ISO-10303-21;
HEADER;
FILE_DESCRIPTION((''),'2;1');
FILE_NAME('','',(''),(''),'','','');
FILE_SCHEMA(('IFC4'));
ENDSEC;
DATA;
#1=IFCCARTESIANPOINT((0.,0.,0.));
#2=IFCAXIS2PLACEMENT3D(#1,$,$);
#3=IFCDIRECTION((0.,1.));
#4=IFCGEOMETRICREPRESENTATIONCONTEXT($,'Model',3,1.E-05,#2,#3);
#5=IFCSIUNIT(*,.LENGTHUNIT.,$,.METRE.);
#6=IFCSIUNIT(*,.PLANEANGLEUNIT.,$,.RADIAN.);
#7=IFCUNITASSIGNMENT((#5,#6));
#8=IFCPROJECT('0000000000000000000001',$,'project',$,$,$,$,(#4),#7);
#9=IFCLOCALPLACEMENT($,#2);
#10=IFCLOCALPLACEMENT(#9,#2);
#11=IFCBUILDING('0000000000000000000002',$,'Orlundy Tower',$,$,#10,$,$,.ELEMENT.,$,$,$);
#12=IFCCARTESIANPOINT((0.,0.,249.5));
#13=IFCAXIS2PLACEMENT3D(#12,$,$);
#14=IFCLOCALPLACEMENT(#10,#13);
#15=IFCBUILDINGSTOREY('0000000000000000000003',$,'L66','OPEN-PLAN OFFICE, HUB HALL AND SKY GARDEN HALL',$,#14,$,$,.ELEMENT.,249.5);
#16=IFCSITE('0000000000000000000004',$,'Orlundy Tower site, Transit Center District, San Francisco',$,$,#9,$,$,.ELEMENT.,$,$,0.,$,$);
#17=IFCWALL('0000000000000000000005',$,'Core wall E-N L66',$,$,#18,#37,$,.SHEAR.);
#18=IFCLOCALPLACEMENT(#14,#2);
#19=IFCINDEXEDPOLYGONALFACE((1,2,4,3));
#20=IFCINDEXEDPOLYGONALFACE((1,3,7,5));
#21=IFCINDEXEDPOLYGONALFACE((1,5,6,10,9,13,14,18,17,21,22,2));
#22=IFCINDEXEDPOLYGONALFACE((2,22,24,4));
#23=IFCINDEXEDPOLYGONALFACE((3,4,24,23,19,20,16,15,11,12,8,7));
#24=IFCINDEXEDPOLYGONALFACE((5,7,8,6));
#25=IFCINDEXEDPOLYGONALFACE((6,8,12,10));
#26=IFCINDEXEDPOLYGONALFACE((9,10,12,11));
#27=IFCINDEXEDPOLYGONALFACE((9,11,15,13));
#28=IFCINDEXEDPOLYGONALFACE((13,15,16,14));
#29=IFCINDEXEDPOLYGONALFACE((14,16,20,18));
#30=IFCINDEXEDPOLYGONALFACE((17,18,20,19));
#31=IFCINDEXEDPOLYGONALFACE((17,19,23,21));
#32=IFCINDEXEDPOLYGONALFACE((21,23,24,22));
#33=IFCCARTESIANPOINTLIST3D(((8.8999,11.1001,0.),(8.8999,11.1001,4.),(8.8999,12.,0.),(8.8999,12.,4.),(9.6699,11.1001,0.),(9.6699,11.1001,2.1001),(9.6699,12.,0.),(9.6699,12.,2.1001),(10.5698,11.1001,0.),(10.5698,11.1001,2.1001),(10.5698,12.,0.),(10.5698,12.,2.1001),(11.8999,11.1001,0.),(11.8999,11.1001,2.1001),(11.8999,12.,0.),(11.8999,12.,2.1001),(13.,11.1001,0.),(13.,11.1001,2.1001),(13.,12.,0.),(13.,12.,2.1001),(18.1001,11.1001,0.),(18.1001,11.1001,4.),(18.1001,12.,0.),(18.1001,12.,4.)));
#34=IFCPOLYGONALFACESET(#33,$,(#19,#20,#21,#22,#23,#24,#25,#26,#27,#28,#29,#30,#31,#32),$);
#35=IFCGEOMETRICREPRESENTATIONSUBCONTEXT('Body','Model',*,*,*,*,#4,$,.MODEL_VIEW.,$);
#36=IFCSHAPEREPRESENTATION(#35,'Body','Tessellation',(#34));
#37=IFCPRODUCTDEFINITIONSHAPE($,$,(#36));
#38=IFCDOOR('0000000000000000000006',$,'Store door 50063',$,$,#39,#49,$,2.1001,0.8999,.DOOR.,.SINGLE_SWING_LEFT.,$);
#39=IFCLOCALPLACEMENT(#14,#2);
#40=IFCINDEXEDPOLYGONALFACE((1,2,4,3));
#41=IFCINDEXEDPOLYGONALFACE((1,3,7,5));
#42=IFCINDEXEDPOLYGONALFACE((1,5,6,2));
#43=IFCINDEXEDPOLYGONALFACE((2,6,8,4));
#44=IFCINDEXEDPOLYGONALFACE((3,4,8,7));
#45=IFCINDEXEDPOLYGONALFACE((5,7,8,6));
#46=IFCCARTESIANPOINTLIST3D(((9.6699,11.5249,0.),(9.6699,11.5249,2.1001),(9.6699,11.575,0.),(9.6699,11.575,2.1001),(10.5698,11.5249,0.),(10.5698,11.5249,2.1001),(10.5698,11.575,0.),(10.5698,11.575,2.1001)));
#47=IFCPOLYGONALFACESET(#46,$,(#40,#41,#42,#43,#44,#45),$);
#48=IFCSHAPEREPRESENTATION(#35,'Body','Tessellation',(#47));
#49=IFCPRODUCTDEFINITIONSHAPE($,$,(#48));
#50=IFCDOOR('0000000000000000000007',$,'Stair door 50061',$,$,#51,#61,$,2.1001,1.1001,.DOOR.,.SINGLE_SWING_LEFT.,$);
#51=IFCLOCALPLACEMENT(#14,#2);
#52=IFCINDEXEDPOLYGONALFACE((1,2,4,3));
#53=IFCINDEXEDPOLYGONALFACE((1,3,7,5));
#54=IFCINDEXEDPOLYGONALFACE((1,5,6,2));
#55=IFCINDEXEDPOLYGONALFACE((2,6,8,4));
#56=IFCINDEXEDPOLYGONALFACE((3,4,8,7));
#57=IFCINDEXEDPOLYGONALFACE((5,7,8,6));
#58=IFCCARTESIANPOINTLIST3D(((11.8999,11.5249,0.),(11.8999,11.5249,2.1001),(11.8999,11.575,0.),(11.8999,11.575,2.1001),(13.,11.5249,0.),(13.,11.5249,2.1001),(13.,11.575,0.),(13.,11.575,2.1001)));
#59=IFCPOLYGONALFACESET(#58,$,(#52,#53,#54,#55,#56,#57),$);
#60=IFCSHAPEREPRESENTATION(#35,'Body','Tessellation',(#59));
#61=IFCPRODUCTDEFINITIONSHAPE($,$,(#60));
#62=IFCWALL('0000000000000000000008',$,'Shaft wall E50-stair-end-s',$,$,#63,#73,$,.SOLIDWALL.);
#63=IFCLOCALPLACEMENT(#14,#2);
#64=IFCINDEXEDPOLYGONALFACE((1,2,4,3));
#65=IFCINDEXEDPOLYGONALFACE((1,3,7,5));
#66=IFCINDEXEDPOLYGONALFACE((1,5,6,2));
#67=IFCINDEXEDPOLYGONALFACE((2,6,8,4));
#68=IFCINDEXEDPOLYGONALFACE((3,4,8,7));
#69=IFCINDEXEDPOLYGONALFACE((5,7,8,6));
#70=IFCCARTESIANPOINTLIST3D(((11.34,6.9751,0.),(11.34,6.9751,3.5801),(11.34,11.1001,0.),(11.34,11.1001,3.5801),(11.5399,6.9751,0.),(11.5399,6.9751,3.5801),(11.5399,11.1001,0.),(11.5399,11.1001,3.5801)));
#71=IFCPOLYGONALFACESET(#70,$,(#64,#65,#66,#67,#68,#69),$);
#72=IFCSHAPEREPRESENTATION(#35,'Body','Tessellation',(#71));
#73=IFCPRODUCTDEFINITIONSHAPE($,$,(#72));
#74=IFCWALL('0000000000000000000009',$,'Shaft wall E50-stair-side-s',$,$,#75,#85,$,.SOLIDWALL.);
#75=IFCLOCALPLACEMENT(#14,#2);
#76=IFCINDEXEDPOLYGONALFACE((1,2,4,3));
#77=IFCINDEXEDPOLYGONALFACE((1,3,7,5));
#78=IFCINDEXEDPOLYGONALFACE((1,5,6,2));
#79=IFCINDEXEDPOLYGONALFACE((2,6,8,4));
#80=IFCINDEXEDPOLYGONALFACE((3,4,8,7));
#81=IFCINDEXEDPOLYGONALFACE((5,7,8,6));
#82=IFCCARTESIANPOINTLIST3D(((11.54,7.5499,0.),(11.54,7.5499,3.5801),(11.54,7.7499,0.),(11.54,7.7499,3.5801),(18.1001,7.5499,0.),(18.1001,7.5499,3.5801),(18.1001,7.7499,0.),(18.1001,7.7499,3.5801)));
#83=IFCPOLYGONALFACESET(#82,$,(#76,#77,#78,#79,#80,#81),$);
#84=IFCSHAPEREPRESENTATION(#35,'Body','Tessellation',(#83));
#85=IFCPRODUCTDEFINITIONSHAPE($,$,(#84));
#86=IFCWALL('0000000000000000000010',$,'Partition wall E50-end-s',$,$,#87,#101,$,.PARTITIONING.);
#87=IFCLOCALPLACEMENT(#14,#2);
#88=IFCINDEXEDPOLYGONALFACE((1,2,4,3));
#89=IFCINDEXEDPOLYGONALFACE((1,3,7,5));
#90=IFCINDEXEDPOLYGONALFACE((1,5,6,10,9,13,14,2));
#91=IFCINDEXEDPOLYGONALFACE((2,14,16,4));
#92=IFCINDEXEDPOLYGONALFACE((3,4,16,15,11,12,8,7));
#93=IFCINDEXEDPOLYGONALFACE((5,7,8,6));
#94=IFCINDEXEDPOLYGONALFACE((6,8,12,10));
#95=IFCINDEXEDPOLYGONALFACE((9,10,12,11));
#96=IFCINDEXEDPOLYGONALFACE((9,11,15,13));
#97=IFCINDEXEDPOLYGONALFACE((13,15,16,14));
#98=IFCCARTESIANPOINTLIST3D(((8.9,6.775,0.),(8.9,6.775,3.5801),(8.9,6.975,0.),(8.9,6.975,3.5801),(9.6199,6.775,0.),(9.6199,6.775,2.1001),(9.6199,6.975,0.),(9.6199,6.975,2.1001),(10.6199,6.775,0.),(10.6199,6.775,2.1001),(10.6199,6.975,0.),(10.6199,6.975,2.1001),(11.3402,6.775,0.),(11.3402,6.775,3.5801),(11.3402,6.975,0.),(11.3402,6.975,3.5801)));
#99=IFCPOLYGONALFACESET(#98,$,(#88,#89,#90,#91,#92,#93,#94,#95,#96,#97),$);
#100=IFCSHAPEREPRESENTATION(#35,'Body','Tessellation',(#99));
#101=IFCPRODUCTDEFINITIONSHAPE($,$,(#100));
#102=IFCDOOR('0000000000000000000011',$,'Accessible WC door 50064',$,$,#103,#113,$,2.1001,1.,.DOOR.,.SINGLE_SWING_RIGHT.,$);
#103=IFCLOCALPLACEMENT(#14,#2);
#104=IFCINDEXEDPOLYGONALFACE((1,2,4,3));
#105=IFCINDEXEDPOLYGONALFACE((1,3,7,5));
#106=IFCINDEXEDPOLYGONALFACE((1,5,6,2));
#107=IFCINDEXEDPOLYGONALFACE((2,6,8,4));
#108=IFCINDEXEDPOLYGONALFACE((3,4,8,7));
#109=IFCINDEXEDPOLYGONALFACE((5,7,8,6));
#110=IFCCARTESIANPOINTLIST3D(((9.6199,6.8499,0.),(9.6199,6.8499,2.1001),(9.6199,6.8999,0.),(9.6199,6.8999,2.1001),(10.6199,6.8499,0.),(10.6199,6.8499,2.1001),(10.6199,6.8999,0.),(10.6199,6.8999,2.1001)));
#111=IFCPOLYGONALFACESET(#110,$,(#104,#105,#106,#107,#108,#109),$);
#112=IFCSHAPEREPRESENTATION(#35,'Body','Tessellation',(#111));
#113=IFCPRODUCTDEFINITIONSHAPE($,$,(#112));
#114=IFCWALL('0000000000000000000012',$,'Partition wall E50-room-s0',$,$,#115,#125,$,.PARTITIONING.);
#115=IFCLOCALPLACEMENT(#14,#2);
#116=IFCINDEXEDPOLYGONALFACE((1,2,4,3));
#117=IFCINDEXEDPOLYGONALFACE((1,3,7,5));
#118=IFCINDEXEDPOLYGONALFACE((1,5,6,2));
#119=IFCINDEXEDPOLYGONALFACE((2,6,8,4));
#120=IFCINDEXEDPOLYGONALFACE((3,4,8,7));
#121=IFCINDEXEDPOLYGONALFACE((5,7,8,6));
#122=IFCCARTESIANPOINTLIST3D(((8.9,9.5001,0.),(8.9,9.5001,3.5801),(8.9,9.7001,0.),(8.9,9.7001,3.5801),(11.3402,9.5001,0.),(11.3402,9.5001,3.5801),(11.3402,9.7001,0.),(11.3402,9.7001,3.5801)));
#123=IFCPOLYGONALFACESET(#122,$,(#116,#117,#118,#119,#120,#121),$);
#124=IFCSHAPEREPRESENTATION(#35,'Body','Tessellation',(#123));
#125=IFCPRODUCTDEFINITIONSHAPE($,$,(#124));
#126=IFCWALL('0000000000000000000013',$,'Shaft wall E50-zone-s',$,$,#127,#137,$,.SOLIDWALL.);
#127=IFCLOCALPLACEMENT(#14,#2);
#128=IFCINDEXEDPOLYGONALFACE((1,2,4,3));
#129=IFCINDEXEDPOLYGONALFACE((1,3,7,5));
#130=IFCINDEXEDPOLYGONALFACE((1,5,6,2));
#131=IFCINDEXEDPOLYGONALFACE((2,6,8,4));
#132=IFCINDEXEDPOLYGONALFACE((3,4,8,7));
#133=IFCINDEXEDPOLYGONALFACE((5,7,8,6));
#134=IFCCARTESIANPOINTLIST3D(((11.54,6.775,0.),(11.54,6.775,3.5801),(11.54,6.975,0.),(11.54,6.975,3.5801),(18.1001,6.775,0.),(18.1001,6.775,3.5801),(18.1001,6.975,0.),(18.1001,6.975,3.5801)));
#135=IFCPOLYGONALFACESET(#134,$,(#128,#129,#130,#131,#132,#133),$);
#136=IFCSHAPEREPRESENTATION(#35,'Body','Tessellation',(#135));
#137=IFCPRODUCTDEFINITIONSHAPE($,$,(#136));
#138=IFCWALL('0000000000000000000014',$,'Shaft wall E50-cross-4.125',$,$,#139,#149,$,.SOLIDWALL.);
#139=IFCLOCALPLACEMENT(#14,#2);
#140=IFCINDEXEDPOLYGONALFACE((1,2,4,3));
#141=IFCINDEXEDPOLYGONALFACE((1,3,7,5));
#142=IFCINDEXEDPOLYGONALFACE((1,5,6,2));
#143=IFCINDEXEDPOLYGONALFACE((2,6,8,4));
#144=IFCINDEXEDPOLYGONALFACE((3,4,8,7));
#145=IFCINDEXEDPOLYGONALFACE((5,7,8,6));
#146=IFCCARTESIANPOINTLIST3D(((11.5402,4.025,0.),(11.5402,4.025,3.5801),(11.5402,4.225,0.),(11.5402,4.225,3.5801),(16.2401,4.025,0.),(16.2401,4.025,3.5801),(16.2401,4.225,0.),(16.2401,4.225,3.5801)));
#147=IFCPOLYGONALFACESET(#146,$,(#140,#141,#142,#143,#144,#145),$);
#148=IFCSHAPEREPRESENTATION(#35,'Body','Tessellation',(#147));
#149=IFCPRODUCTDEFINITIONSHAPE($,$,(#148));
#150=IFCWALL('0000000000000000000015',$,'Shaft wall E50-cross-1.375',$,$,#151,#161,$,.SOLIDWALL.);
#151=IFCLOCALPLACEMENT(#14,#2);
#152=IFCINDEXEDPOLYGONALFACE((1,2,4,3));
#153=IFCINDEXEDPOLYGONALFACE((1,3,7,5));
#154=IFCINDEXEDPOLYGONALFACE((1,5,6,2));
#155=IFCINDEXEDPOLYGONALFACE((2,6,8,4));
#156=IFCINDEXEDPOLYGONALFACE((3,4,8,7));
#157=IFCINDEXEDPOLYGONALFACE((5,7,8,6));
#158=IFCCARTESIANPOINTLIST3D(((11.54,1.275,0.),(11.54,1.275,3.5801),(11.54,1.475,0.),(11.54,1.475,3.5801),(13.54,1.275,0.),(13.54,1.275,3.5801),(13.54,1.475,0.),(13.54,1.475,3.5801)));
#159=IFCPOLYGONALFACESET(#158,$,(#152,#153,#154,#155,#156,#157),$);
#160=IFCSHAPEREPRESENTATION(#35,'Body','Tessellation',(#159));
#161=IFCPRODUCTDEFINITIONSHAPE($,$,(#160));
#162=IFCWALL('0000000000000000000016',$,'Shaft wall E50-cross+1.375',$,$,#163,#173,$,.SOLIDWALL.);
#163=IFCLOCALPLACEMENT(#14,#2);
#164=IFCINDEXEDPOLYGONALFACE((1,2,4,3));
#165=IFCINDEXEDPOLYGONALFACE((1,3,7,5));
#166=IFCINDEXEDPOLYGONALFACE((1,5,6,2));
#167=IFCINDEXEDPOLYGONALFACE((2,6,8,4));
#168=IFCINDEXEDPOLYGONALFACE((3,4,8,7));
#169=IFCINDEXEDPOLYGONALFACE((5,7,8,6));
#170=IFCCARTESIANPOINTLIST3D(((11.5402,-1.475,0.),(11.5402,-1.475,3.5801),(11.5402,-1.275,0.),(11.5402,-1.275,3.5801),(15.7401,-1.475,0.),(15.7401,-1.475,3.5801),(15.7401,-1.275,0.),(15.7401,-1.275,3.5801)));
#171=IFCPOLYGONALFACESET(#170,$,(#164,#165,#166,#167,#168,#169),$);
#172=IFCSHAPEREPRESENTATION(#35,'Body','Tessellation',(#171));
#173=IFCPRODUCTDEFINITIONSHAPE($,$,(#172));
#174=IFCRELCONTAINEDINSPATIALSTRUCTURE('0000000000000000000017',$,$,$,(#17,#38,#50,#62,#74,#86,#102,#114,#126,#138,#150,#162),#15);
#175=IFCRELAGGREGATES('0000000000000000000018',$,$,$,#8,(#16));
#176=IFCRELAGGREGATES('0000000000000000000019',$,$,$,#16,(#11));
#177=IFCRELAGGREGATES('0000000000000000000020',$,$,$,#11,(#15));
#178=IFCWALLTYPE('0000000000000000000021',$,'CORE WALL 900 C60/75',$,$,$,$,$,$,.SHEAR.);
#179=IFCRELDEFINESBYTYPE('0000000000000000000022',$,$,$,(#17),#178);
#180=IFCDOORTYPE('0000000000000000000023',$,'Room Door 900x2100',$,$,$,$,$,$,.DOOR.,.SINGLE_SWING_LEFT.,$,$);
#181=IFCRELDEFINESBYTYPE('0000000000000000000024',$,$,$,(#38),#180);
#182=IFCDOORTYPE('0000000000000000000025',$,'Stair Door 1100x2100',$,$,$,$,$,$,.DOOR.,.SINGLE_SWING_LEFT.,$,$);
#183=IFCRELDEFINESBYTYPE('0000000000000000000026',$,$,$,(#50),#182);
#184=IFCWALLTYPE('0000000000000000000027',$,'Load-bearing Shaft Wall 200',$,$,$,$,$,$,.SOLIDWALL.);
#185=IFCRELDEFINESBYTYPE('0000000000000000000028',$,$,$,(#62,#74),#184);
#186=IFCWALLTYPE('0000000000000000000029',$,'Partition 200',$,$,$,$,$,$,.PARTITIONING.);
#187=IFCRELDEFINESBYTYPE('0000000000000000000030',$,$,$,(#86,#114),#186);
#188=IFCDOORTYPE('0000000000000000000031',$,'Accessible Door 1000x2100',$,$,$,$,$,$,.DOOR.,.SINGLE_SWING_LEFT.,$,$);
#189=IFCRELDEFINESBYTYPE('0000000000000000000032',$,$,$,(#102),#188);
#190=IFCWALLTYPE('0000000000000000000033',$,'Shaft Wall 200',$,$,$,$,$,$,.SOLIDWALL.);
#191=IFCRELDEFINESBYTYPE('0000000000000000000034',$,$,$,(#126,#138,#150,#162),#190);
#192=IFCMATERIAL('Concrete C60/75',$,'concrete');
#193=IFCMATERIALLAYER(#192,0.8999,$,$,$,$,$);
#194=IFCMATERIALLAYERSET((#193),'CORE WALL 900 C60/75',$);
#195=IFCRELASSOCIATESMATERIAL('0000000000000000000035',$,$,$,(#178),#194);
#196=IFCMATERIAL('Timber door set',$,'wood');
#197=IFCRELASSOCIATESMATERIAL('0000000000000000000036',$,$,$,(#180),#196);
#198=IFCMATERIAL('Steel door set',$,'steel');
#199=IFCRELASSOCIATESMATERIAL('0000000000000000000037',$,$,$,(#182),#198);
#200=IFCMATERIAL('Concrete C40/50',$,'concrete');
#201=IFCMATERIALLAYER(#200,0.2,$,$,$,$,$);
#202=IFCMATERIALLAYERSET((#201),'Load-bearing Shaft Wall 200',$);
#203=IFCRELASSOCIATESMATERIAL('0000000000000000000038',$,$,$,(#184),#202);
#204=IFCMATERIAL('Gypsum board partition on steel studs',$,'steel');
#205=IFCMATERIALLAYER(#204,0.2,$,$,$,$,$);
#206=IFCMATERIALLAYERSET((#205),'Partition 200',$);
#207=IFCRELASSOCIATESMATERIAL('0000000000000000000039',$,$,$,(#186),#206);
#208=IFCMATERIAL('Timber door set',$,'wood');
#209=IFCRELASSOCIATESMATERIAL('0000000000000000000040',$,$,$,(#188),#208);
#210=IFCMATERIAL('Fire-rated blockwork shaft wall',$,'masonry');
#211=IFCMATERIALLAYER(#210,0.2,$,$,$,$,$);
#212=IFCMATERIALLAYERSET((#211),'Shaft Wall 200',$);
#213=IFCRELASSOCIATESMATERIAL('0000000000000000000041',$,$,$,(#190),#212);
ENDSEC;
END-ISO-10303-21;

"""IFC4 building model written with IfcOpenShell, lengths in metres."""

from ifc_helpers import new_model, si_unit, direction, frame, frame_2d, origin, place, context, subcontext, project, spatial, rectangle, extrude, material, layer, layer_set, type_object, element, fill, save


model = new_model("IFC4")

# Units and contexts
model_context = context("Model", 3, precision=1e-05, world=origin(), true_north=direction((0.0, 1.0)))
body_context = subcontext(model_context, "Body", "Model", "MODEL_VIEW")
ifc_project = project(units=[si_unit("LENGTHUNIT", "METRE"), si_unit("PLANEANGLEUNIT", "RADIAN")], contexts=[model_context])

# Site, building, storey
site_placement = place(None, origin())
site = spatial("IfcSite", under=ifc_project, at=site_placement, Name="Orlundy Tower site, Transit Center District, San Francisco", CompositionType="ELEMENT", RefElevation=0.0)
building_placement = place(site_placement, origin())
building = spatial("IfcBuilding", under=site, at=building_placement, Name="Orlundy Tower", CompositionType="ELEMENT")
storey_placement = place(building_placement, frame((0.0, 0.0, 249.5)))
storey = spatial("IfcBuildingStorey", under=building, at=storey_placement, Name="L66", Description="OPEN-PLAN OFFICE, HUB HALL AND SKY GARDEN HALL", CompositionType="ELEMENT", Elevation=249.5)

# Wall, openings, doors
ifc_material_1 = material(Name="Concrete C60/75", Category="concrete")
ifc_layer_1 = layer(ifc_material_1, 0.8999)
ifc_layer_set_1 = layer_set([ifc_layer_1], Name="CORE WALL 900 C60/75")
wall_type_1 = type_object("IfcWallType", Name="CORE WALL 900 C60/75", PredefinedType="SHEAR", material=ifc_layer_set_1)
wall_1_placement = place(storey_placement, frame((8.8999, 11.55, 0.0), z_axis=(0.0, 0.0, 1.0), x_axis=(1.0, 0.0, 0.0)))
wall_1 = element("IfcWall", 1, at=wall_1_placement, inside=storey, type_object=wall_type_1, Name="Core wall E-N L66", PredefinedType="SHEAR", context=body_context, shape_type="SweptSolid", body=[
    extrude(rectangle(XDim=9.2002, YDim=0.8999, at=frame_2d((4.6001, 0.0))), origin(), (0.0, 0.0, 1.0), 4.0),
])
opening_1_placement = place(wall_1_placement, frame((3.0, 0.0, 0.0)))
opening_1 = element("IfcOpeningElement", 2, at=opening_1_placement, cuts=wall_1, PredefinedType="OPENING", context=body_context, shape_type="SweptSolid", body=[
    extrude(rectangle(XDim=1.1001, YDim=2.1001, at=frame_2d((0.55, 1.05))), frame((0.0, 0.46, 0.0), z_axis=(0.0, -1.0, 0.0), x_axis=(1.0, 0.0, 0.0)), (0.0, 0.0, 1.0), 0.9199),
])
opening_2_placement = place(wall_1_placement, frame((0.77, 0.0, 0.0)))
opening_2 = element("IfcOpeningElement", 3, at=opening_2_placement, cuts=wall_1, PredefinedType="OPENING", context=body_context, shape_type="SweptSolid", body=[
    extrude(rectangle(XDim=0.8999, YDim=2.1001, at=frame_2d((0.45, 1.05))), frame((0.0, 0.46, 0.0), z_axis=(0.0, -1.0, 0.0), x_axis=(1.0, 0.0, 0.0)), (0.0, 0.0, 1.0), 0.9199),
])
ifc_material_2 = material(Name="Timber door set", Category="wood")
door_type_1 = type_object("IfcDoorType", Name="Room Door 900x2100", OperationType="SINGLE_SWING_LEFT", PredefinedType="DOOR", material=ifc_material_2)
door_1_placement = place(opening_2_placement, origin())
door_1 = element("IfcDoor", 4, at=door_1_placement, inside=storey, type_object=door_type_1, Name="Store door 50063", OperationType="SINGLE_SWING_LEFT", OverallHeight=2.1001, OverallWidth=0.8999, PredefinedType="DOOR", context=body_context, shape_type="SweptSolid", body=[
    extrude(rectangle(XDim=0.8999, YDim=2.1001, at=frame_2d((0.45, 1.05))), frame((0.0, 0.0249, 0.0), z_axis=(0.0, -1.0, 0.0), x_axis=(1.0, 0.0, 0.0)), (0.0, 0.0, 1.0), 0.05),
])
fill(opening_2, door_1)
ifc_material_3 = material(Name="Steel door set", Category="steel")
door_type_2 = type_object("IfcDoorType", Name="Stair Door 1100x2100", OperationType="SINGLE_SWING_LEFT", PredefinedType="DOOR", material=ifc_material_3)
door_2_placement = place(opening_1_placement, origin())
door_2 = element("IfcDoor", 5, at=door_2_placement, inside=storey, type_object=door_type_2, Name="Stair door 50061", OperationType="SINGLE_SWING_LEFT", OverallHeight=2.1001, OverallWidth=1.1001, PredefinedType="DOOR", context=body_context, shape_type="SweptSolid", body=[
    extrude(rectangle(XDim=1.1001, YDim=2.1001, at=frame_2d((0.55, 1.05))), frame((0.0, 0.0249, 0.0), z_axis=(0.0, -1.0, 0.0), x_axis=(1.0, 0.0, 0.0)), (0.0, 0.0, 1.0), 0.05),
])
fill(opening_1, door_2)

# Walls
ifc_material_4 = material(Name="Concrete C40/50", Category="concrete")
ifc_layer_2 = layer(ifc_material_4, 0.2)
ifc_layer_set_2 = layer_set([ifc_layer_2], Name="Load-bearing Shaft Wall 200")
wall_type_2 = type_object("IfcWallType", Name="Load-bearing Shaft Wall 200", PredefinedType="SOLIDWALL", material=ifc_layer_set_2)
wall_2_placement = place(storey_placement, frame((11.4399, 11.1001, 0.0), z_axis=(0.0, 0.0, 1.0), x_axis=(0.0, -1.0, 0.0)))
element("IfcWall", 6, at=wall_2_placement, inside=storey, type_object=wall_type_2, Name="Shaft wall E50-stair-end-s", PredefinedType="SOLIDWALL", context=body_context, shape_type="SweptSolid", body=[
    extrude(rectangle(XDim=4.125, YDim=0.2, at=frame_2d((2.0625, 0.0))), origin(), (0.0, 0.0, 1.0), 3.5801),
])
wall_3_placement = place(storey_placement, frame((11.54, 7.6499, 0.0), z_axis=(0.0, 0.0, 1.0), x_axis=(1.0, 0.0, 0.0)))
element("IfcWall", 7, at=wall_3_placement, inside=storey, type_object=wall_type_2, Name="Shaft wall E50-stair-side-s", PredefinedType="SOLIDWALL", context=body_context, shape_type="SweptSolid", body=[
    extrude(rectangle(XDim=6.5601, YDim=0.2, at=frame_2d((3.28, 0.0))), origin(), (0.0, 0.0, 1.0), 3.5801),
])

# Wall, opening, door
ifc_material_5 = material(Name="Gypsum board partition on steel studs", Category="steel")
ifc_layer_3 = layer(ifc_material_5, 0.2)
ifc_layer_set_3 = layer_set([ifc_layer_3], Name="Partition 200")
wall_type_3 = type_object("IfcWallType", Name="Partition 200", PredefinedType="PARTITIONING", material=ifc_layer_set_3)
wall_4_placement = place(storey_placement, frame((8.8999, 6.875, 0.0), z_axis=(0.0, 0.0, 1.0), x_axis=(1.0, 0.0, 0.0)))
wall_4 = element("IfcWall", 8, at=wall_4_placement, inside=storey, type_object=wall_type_3, Name="Partition wall E50-end-s", PredefinedType="PARTITIONING", context=body_context, shape_type="SweptSolid", body=[
    extrude(rectangle(XDim=2.4402, YDim=0.2, at=frame_2d((1.2202, 0.0))), origin(), (0.0, 0.0, 1.0), 3.5801),
])
opening_3_placement = place(wall_4_placement, frame((0.72, 0.0, 0.0)))
opening_3 = element("IfcOpeningElement", 9, at=opening_3_placement, cuts=wall_4, PredefinedType="OPENING", context=body_context, shape_type="SweptSolid", body=[
    extrude(rectangle(XDim=1.0, YDim=2.1001, at=frame_2d((0.5, 1.05))), frame((0.0, 0.1101, 0.0), z_axis=(0.0, -1.0, 0.0), x_axis=(1.0, 0.0, 0.0)), (0.0, 0.0, 1.0), 0.2202),
])
ifc_material_6 = material(Name="Timber door set", Category="wood")
door_type_3 = type_object("IfcDoorType", Name="Accessible Door 1000x2100", OperationType="SINGLE_SWING_LEFT", PredefinedType="DOOR", material=ifc_material_6)
door_3_placement = place(opening_3_placement, origin())
door_3 = element("IfcDoor", 10, at=door_3_placement, inside=storey, type_object=door_type_3, Name="Accessible WC door 50064", OperationType="SINGLE_SWING_RIGHT", OverallHeight=2.1001, OverallWidth=1.0, PredefinedType="DOOR", context=body_context, shape_type="SweptSolid", body=[
    extrude(rectangle(XDim=1.0, YDim=2.1001, at=frame_2d((0.5, 1.05))), frame((0.0, 0.0249, 0.0), z_axis=(0.0, -1.0, 0.0), x_axis=(1.0, 0.0, 0.0)), (0.0, 0.0, 1.0), 0.05),
])
fill(opening_3, door_3)

# Walls
wall_5_placement = place(storey_placement, frame((8.8999, 9.6001, 0.0), z_axis=(0.0, 0.0, 1.0), x_axis=(1.0, 0.0, 0.0)))
element("IfcWall", 11, at=wall_5_placement, inside=storey, type_object=wall_type_3, Name="Partition wall E50-room-s0", PredefinedType="PARTITIONING", context=body_context, shape_type="SweptSolid", body=[
    extrude(rectangle(XDim=2.4402, YDim=0.2, at=frame_2d((1.2202, 0.0))), origin(), (0.0, 0.0, 1.0), 3.5801),
])
ifc_material_7 = material(Name="Fire-rated blockwork shaft wall", Category="masonry")
ifc_layer_4 = layer(ifc_material_7, 0.2)
ifc_layer_set_4 = layer_set([ifc_layer_4], Name="Shaft Wall 200")
wall_type_4 = type_object("IfcWallType", Name="Shaft Wall 200", PredefinedType="SOLIDWALL", material=ifc_layer_set_4)
wall_6_placement = place(storey_placement, frame((11.54, 6.875, 0.0), z_axis=(0.0, 0.0, 1.0), x_axis=(1.0, 0.0, 0.0)))
element("IfcWall", 12, at=wall_6_placement, inside=storey, type_object=wall_type_4, Name="Shaft wall E50-zone-s", PredefinedType="SOLIDWALL", context=body_context, shape_type="SweptSolid", body=[
    extrude(rectangle(XDim=6.5601, YDim=0.2, at=frame_2d((3.28, 0.0))), origin(), (0.0, 0.0, 1.0), 3.5801),
])
wall_7_placement = place(storey_placement, frame((11.54, 4.125, 0.0), z_axis=(0.0, 0.0, 1.0), x_axis=(1.0, 0.0, 0.0)))
element("IfcWall", 13, at=wall_7_placement, inside=storey, type_object=wall_type_4, Name="Shaft wall E50-cross-4.125", PredefinedType="SOLIDWALL", context=body_context, shape_type="SweptSolid", body=[
    extrude(rectangle(XDim=4.7, YDim=0.2, at=frame_2d((2.3501, 0.0))), origin(), (0.0, 0.0, 1.0), 3.5801),
])
wall_8_placement = place(storey_placement, frame((11.54, 1.375, 0.0), z_axis=(0.0, 0.0, 1.0), x_axis=(1.0, 0.0, 0.0)))
element("IfcWall", 14, at=wall_8_placement, inside=storey, type_object=wall_type_4, Name="Shaft wall E50-cross-1.375", PredefinedType="SOLIDWALL", context=body_context, shape_type="SweptSolid", body=[
    extrude(rectangle(XDim=2.0, YDim=0.2, at=frame_2d((1.0, 0.0))), origin(), (0.0, 0.0, 1.0), 3.5801),
])
wall_9_placement = place(storey_placement, frame((11.54, -1.375, 0.0), z_axis=(0.0, 0.0, 1.0), x_axis=(1.0, 0.0, 0.0)))
element("IfcWall", 15, at=wall_9_placement, inside=storey, type_object=wall_type_4, Name="Shaft wall E50-cross+1.375", PredefinedType="SOLIDWALL", context=body_context, shape_type="SweptSolid", body=[
    extrude(rectangle(XDim=4.2, YDim=0.2, at=frame_2d((2.1001, 0.0))), origin(), (0.0, 0.0, 1.0), 3.5801),
])

save(model, "model.ifc")
